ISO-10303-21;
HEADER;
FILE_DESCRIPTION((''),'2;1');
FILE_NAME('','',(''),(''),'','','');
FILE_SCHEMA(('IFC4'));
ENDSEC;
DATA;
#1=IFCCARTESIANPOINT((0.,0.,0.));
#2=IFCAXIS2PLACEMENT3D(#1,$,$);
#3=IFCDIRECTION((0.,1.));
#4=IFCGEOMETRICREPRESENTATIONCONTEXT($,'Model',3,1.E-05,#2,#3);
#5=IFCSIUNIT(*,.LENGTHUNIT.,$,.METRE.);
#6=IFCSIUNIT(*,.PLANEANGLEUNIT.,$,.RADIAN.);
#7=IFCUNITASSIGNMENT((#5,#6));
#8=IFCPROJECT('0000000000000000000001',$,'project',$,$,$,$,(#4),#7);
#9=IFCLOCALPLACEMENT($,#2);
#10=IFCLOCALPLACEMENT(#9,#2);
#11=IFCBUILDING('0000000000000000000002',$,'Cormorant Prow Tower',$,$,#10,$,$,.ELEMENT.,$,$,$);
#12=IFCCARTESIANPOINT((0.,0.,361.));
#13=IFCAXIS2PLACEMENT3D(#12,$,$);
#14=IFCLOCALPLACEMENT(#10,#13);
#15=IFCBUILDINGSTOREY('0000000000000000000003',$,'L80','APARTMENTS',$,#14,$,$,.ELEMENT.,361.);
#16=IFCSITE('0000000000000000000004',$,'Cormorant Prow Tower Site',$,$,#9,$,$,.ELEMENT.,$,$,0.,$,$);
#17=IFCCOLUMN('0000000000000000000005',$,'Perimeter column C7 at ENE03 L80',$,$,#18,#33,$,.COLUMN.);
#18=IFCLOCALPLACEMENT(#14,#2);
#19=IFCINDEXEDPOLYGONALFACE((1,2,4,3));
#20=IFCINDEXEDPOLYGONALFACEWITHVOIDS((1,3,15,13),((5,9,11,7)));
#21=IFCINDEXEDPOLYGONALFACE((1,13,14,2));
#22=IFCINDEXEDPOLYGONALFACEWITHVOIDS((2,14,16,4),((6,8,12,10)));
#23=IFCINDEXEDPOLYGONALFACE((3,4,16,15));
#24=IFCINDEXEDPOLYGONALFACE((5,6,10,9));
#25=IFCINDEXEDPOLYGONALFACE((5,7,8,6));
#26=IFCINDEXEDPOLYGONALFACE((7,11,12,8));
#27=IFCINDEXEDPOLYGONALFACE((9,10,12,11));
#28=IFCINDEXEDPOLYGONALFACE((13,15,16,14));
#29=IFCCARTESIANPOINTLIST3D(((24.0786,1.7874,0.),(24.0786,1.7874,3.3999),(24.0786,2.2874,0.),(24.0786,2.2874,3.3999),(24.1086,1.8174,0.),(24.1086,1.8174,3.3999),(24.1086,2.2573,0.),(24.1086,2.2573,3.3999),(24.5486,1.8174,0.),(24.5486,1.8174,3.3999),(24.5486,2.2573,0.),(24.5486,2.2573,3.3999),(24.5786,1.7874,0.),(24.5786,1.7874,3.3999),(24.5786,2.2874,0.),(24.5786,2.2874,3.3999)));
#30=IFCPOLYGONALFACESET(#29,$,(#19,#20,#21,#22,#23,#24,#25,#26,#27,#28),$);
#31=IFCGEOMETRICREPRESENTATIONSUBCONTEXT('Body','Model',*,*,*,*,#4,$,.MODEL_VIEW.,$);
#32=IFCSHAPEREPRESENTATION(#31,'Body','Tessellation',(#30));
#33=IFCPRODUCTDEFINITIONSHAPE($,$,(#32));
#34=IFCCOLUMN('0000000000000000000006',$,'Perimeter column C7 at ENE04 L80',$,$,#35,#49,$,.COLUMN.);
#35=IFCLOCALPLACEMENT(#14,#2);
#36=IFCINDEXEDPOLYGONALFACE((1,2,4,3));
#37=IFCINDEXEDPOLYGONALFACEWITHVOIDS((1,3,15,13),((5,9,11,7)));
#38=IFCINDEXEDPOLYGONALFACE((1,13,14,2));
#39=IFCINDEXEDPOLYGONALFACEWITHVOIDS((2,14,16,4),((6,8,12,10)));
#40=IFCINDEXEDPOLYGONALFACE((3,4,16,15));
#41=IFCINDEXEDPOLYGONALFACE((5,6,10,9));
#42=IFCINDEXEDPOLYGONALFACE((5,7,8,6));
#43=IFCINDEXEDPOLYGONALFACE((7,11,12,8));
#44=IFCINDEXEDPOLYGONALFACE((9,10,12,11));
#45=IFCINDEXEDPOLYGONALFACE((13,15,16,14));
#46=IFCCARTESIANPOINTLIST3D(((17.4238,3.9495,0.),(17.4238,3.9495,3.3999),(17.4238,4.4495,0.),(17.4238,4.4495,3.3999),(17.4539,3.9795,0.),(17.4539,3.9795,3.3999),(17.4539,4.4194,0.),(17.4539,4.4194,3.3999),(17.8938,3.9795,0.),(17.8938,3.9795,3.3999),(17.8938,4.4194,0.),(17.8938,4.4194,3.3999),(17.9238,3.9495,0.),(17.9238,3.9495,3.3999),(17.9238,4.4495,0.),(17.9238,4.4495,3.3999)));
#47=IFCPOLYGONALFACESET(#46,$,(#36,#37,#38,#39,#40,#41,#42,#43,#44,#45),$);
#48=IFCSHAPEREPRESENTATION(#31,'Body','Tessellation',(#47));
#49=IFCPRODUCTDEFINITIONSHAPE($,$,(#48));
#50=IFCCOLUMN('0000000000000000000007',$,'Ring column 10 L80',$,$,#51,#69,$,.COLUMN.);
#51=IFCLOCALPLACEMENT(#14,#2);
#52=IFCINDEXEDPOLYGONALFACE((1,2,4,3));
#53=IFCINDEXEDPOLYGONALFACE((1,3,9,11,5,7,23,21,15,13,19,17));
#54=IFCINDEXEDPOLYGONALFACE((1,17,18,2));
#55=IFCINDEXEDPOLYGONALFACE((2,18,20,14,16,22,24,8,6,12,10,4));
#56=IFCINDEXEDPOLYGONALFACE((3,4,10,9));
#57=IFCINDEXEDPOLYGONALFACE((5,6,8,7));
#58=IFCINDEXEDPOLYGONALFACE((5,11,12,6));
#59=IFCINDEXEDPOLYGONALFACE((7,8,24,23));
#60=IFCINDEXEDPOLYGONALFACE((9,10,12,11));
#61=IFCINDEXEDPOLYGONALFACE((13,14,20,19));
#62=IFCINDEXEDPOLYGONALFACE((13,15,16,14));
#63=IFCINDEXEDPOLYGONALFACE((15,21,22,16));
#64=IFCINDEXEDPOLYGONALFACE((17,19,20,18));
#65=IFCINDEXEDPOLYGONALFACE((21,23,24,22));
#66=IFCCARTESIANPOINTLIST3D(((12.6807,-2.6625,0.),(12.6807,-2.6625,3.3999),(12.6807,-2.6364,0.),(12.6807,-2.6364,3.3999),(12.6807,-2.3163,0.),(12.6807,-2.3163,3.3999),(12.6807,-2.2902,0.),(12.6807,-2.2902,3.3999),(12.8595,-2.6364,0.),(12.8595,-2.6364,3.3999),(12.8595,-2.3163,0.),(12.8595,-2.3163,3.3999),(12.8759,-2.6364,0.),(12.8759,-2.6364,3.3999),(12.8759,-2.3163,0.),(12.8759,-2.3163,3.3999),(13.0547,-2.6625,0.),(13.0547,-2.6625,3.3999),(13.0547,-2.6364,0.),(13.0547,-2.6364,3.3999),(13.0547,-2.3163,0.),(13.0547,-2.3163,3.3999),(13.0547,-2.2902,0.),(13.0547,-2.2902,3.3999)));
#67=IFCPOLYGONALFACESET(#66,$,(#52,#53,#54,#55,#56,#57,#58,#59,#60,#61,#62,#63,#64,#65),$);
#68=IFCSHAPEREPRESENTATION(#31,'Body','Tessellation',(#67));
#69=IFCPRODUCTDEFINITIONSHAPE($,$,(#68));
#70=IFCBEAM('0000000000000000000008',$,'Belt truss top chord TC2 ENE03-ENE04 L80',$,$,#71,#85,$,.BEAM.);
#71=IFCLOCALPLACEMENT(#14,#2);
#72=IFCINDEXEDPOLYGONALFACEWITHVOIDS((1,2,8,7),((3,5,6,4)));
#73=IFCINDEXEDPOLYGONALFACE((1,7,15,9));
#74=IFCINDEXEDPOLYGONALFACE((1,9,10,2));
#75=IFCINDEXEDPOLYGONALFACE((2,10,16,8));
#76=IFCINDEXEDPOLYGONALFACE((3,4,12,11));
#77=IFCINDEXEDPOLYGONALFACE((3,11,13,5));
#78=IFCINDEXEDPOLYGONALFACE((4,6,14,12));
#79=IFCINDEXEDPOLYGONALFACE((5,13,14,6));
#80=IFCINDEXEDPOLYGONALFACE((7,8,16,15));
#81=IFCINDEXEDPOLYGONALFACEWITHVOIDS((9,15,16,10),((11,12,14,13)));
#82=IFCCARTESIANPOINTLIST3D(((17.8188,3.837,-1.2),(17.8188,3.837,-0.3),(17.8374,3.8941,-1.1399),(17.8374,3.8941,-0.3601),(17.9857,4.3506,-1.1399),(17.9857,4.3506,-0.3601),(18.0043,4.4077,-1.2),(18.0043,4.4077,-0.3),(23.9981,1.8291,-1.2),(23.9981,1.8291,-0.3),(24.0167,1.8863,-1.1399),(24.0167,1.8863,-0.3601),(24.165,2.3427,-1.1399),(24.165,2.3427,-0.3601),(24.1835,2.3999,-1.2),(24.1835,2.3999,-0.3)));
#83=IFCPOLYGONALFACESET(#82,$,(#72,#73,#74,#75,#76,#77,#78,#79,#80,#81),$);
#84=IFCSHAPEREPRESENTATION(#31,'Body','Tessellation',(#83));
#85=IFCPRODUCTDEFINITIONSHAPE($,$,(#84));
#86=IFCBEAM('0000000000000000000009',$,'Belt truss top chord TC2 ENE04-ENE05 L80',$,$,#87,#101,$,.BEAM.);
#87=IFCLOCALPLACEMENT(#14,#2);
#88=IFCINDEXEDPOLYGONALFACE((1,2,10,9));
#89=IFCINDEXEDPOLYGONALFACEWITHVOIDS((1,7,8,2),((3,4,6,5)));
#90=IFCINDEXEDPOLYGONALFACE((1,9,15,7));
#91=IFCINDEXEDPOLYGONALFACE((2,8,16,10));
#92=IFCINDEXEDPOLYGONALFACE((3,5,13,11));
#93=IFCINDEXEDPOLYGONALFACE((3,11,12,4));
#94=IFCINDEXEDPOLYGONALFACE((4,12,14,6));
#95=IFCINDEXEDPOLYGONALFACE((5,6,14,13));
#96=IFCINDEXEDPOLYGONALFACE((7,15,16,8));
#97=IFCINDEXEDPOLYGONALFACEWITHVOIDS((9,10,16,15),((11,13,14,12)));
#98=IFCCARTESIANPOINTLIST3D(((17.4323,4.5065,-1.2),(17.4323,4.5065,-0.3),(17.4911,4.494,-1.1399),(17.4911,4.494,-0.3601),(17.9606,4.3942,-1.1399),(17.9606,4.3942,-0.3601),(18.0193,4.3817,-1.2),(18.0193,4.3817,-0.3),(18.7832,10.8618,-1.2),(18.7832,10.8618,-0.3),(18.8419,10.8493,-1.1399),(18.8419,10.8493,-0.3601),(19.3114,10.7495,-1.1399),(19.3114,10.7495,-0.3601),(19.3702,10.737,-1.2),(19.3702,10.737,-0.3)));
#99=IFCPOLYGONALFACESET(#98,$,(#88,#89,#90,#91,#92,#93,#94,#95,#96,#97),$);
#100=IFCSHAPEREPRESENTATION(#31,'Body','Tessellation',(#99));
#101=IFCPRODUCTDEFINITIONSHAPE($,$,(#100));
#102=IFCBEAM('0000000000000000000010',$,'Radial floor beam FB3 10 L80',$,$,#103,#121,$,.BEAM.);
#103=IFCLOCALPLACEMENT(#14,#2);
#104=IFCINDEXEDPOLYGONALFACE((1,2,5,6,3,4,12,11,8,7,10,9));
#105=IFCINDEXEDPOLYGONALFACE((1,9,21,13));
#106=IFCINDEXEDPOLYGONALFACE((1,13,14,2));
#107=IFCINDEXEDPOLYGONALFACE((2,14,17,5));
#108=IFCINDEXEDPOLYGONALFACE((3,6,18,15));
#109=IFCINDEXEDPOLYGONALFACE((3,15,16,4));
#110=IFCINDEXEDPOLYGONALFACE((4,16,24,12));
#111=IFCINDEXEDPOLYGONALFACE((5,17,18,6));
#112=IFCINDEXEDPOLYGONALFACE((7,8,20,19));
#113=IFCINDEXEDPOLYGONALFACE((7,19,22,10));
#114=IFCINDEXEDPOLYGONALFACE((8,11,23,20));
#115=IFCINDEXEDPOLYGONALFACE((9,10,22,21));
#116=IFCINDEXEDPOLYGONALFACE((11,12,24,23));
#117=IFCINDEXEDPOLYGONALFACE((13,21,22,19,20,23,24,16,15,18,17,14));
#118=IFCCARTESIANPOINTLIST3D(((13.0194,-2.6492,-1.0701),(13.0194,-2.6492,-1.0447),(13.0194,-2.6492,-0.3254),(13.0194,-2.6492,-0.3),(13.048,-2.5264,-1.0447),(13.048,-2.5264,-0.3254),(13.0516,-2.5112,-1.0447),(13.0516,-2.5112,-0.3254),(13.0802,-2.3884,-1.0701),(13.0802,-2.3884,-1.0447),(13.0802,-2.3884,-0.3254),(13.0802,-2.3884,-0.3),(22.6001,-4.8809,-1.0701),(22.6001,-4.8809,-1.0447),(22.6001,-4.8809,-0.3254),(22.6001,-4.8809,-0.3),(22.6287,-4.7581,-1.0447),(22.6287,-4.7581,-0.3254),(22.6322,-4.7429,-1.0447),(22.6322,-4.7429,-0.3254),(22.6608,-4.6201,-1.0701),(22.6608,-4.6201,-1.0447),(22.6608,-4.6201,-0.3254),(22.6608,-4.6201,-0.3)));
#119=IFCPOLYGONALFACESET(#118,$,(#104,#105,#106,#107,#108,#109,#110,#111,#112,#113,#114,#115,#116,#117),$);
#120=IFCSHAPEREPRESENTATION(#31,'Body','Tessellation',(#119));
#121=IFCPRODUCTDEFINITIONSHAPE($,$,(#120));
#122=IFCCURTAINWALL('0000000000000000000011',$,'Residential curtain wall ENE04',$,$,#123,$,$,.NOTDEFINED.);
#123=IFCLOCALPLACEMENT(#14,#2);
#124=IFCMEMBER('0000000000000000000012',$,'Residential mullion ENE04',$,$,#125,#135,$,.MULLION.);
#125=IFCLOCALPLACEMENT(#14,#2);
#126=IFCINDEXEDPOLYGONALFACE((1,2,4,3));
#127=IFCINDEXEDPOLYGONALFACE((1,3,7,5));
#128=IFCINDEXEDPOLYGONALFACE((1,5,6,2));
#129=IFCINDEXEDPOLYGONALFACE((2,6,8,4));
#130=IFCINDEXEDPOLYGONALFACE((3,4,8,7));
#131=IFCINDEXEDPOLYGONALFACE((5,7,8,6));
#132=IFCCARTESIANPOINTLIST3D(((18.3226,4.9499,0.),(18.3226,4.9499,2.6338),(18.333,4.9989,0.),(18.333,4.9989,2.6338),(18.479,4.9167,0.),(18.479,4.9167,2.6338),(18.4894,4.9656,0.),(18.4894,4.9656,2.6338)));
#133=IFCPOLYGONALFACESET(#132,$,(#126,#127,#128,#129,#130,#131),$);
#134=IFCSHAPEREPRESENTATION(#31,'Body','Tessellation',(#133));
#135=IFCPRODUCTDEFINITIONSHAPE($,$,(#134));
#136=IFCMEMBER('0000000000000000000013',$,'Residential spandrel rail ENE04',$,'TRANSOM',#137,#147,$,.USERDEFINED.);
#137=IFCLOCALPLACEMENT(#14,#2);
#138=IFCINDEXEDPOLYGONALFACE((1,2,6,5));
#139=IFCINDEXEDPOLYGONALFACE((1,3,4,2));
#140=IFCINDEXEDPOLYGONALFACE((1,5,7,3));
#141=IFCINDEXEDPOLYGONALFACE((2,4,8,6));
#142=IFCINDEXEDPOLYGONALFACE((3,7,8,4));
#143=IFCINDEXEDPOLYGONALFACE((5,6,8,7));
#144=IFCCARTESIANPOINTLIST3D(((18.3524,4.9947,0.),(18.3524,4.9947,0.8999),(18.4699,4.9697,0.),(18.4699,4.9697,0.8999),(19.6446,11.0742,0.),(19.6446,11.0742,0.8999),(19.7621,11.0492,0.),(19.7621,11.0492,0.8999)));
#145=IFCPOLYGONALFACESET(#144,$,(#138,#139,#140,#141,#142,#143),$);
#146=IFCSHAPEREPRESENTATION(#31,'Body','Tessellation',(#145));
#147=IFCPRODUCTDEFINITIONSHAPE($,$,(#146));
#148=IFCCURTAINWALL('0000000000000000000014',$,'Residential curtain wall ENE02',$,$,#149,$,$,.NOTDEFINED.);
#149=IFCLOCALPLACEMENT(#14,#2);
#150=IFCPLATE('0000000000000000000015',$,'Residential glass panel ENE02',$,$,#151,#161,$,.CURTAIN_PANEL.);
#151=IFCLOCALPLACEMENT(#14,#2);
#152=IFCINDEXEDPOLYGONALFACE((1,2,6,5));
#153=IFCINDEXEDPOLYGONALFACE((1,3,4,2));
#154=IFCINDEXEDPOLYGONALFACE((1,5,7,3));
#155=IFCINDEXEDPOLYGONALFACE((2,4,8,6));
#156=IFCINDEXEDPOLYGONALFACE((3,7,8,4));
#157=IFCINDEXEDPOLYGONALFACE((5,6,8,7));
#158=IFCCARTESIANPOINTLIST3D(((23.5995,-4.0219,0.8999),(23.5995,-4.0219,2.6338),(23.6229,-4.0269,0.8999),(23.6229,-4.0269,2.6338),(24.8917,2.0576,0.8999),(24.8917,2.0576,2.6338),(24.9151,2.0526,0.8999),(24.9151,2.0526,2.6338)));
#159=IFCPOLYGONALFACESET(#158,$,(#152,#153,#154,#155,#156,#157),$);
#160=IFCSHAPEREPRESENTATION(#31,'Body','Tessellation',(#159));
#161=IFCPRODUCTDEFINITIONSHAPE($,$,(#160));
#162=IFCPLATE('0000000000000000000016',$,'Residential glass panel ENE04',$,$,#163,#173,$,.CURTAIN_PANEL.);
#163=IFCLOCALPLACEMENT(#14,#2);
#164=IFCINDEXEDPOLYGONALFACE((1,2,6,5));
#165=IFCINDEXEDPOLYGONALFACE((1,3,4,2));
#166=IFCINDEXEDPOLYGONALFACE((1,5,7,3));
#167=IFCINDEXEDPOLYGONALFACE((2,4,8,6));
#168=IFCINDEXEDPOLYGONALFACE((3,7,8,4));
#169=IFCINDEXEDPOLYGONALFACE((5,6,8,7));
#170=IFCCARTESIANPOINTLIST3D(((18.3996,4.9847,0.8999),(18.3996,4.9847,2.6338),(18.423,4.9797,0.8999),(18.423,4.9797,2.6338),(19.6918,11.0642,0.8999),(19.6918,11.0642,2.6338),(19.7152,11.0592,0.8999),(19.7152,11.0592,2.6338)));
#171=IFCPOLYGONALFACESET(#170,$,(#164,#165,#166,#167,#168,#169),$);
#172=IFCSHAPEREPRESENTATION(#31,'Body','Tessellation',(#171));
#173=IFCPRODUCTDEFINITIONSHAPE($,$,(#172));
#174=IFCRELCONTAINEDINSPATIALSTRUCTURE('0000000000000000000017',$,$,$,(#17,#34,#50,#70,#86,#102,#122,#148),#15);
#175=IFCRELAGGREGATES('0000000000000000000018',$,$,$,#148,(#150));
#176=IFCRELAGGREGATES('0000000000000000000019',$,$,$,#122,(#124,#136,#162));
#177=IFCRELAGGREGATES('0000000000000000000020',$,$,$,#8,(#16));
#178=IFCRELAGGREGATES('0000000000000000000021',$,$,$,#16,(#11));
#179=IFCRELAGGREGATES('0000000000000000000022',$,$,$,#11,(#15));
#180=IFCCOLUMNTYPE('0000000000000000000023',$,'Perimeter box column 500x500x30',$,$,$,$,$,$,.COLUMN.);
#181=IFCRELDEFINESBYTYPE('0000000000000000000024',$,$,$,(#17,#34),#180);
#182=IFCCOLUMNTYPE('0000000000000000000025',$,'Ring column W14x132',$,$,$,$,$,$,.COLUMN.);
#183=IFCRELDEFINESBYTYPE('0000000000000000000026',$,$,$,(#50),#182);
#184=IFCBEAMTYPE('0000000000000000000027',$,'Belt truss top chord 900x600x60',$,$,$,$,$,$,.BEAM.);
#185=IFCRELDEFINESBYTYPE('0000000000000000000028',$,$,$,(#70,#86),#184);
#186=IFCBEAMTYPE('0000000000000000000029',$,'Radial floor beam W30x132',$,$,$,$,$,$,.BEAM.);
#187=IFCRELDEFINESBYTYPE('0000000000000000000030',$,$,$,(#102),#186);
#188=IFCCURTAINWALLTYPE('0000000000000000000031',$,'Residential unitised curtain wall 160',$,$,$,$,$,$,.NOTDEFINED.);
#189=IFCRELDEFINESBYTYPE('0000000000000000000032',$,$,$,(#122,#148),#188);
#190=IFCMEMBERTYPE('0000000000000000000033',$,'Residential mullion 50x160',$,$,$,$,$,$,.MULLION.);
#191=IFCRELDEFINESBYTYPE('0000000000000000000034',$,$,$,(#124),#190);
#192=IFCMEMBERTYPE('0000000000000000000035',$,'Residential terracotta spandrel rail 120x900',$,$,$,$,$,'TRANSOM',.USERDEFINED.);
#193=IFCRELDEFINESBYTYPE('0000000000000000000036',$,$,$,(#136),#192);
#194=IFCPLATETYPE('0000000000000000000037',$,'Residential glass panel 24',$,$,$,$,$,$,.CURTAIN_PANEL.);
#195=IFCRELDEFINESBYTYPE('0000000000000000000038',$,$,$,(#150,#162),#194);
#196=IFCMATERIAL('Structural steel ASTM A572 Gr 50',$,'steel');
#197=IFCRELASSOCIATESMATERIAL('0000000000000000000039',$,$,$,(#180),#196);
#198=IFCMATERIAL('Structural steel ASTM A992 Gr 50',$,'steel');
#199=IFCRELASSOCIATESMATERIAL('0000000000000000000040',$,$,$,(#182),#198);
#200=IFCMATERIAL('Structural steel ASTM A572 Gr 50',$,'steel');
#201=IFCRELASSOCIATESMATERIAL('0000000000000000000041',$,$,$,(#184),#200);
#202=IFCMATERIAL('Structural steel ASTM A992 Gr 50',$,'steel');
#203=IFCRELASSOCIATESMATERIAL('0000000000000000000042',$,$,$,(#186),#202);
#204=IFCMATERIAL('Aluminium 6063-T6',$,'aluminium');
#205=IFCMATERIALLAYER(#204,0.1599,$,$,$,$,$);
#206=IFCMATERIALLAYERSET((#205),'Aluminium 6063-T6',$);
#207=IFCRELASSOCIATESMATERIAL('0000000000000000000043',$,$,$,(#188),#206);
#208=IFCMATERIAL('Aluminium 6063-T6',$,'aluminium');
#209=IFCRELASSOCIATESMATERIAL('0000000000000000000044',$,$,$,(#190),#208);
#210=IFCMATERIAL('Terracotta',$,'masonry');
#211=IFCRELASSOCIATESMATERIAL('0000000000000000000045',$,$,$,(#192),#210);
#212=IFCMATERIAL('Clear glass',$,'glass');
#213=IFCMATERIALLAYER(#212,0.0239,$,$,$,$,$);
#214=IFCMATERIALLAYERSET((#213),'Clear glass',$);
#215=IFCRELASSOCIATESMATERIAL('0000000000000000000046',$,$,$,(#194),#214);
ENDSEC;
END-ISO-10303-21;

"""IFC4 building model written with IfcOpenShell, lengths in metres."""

from ifc_helpers import new_model, si_unit, direction, frame, origin, origin_2d, place, context, subcontext, project, spatial, rectangle, hollow_rectangle, i_section, extrude, material, layer, layer_set, material_profile, profile_set, type_object, element, aggregate, save


model = new_model("IFC4")

# Units and contexts
model_context = context("Model", 3, precision=1e-05, world=origin(), true_north=direction((0.0, 1.0)))
body_context = subcontext(model_context, "Body", "Model", "MODEL_VIEW")
ifc_project = project(units=[si_unit("LENGTHUNIT", "METRE"), si_unit("PLANEANGLEUNIT", "RADIAN")], contexts=[model_context])

# Site, building, storey
site_placement = place(None, origin())
site = spatial("IfcSite", under=ifc_project, at=site_placement, Name="Cormorant Prow Tower Site", CompositionType="ELEMENT", RefElevation=0.0)
building_placement = place(site_placement, origin())
building = spatial("IfcBuilding", under=site, at=building_placement, Name="Cormorant Prow Tower", CompositionType="ELEMENT")
storey_placement = place(building_placement, frame((0.0, 0.0, 361.0)))
storey = spatial("IfcBuildingStorey", under=building, at=storey_placement, Name="L80", Description="APARTMENTS", CompositionType="ELEMENT", Elevation=361.0)

# Columns
ifc_material_1 = material(Name="Structural steel ASTM A572 Gr 50", Category="steel")
ifc_material_profile_1 = material_profile(ifc_material_1, hollow_rectangle(XDim=0.5, YDim=0.5, WallThickness=0.03, at=origin_2d()), Name="Box 500x500x30")
ifc_profile_set_1 = profile_set([ifc_material_profile_1], Name="Structural steel ASTM A572 Gr 50")
column_type_1 = type_object("IfcColumnType", Name="Perimeter box column 500x500x30", PredefinedType="COLUMN", material=ifc_profile_set_1)
for number, where, z_axis, x_axis, name in (
    (1, (24.3286, 2.0374, 0.0), (0.0, 0.0, 1.0), (1.0, 0.0, 0.0), "Perimeter column C7 at ENE03 L80"),
    (2, (17.6738, 4.1995, 0.0), (0.0, 0.0, 1.0), (1.0, 0.0, 0.0), "Perimeter column C7 at ENE04 L80"),
):
    element("IfcColumn", number, at=place(storey_placement, frame(where, z_axis=z_axis, x_axis=x_axis)), inside=storey, type_object=column_type_1, Name=name, PredefinedType="COLUMN", context=body_context, shape_type="SweptSolid", body=[
        extrude(hollow_rectangle(XDim=0.5, YDim=0.5, WallThickness=0.03, at=origin_2d()), origin(), (0.0, 0.0, 1.0), 3.3999),
    ])
ifc_material_2 = material(Name="Structural steel ASTM A992 Gr 50", Category="steel")
ifc_material_profile_2 = material_profile(ifc_material_2, i_section(OverallWidth=0.374, OverallDepth=0.3723, WebThickness=0.0164, FlangeThickness=0.0261, at=origin_2d()), Name="W14x132")
ifc_profile_set_2 = profile_set([ifc_material_profile_2], Name="Structural steel ASTM A992 Gr 50")
column_type_2 = type_object("IfcColumnType", Name="Ring column W14x132", PredefinedType="COLUMN", material=ifc_profile_set_2)
column_placement = place(storey_placement, frame((12.8677, -2.4763, 0.0), z_axis=(0.0, 0.0, 1.0), x_axis=(1.0, 0.0, 0.0)))
element("IfcColumn", 3, at=column_placement, inside=storey, type_object=column_type_2, Name="Ring column 10 L80", PredefinedType="COLUMN", context=body_context, shape_type="SweptSolid", body=[
    extrude(i_section(OverallWidth=0.374, OverallDepth=0.3723, WebThickness=0.0164, FlangeThickness=0.0261, at=origin_2d()), origin(), (0.0, 0.0, 1.0), 3.3999),
])

# Beams
ifc_material_3 = material(Name="Structural steel ASTM A572 Gr 50", Category="steel")
ifc_material_profile_3 = material_profile(ifc_material_3, hollow_rectangle(XDim=0.6001, YDim=0.8999, WallThickness=0.0601, at=origin_2d()), Name="Box 900x600x60")
ifc_profile_set_3 = profile_set([ifc_material_profile_3], Name="Structural steel ASTM A572 Gr 50")
beam_type_1 = type_object("IfcBeamType", Name="Belt truss top chord 900x600x60", PredefinedType="BEAM", material=ifc_profile_set_3)
for number, where, z_axis, x_axis, name in (
    (4, (24.0908, 2.1145, -0.75), (-0.951053, 0.309027, 0.0), (-0.309027, -0.951053, 0.0), "Belt truss top chord TC2 ENE03-ENE04 L80"),
    (5, (17.7258, 4.4441, -0.75), (0.20791, 0.978148, 0.0), (-0.978148, 0.20791, 0.0), "Belt truss top chord TC2 ENE04-ENE05 L80"),
):
    element("IfcBeam", number, at=place(storey_placement, frame(where, z_axis=z_axis, x_axis=x_axis)), inside=storey, type_object=beam_type_1, Name=name, PredefinedType="BEAM", context=body_context, shape_type="SweptSolid", body=[
        extrude(hollow_rectangle(XDim=0.6001, YDim=0.8999, WallThickness=0.0601, at=origin_2d()), origin(), (0.0, 0.0, 1.0), 6.4973),
    ])
ifc_material_4 = material(Name="Structural steel ASTM A992 Gr 50", Category="steel")
ifc_material_profile_4 = material_profile(ifc_material_4, i_section(OverallWidth=0.2678, OverallDepth=0.77, WebThickness=0.0156, FlangeThickness=0.0254, at=origin_2d()), Name="W30x132")
ifc_profile_set_4 = profile_set([ifc_material_profile_4], Name="Structural steel ASTM A992 Gr 50")
beam_type_2 = type_object("IfcBeamType", Name="Radial floor beam W30x132", PredefinedType="BEAM", material=ifc_profile_set_4)
beam_placement = place(storey_placement, frame((13.0498, -2.5188, -0.6851), z_axis=(0.973926, -0.226866, 0.0), x_axis=(0.226866, 0.973926, 0.0)))
element("IfcBeam", 6, at=beam_placement, inside=storey, type_object=beam_type_2, Name="Radial floor beam FB3 10 L80", PredefinedType="BEAM", context=body_context, shape_type="SweptSolid", body=[
    extrude(i_section(OverallWidth=0.2678, OverallDepth=0.77, WebThickness=0.0156, FlangeThickness=0.0254, at=origin_2d()), origin(), (0.0, 0.0, 1.0), 9.8372),
])

# Curtain wall, members
ifc_material_5 = material(Name="Aluminium 6063-T6", Category="aluminium")
ifc_layer_1 = layer(ifc_material_5, 0.1599)
ifc_layer_set_1 = layer_set([ifc_layer_1], Name="Aluminium 6063-T6")
curtain_wall_type = type_object("IfcCurtainWallType", Name="Residential unitised curtain wall 160", PredefinedType="NOTDEFINED", material=ifc_layer_set_1)
curtain_wall_1_placement = place(storey_placement, origin())
curtain_wall_1 = element("IfcCurtainWall", 7, at=curtain_wall_1_placement, inside=storey, type_object=curtain_wall_type, Name="Residential curtain wall ENE04", PredefinedType="NOTDEFINED")
ifc_material_6 = material(Name="Aluminium 6063-T6", Category="aluminium")
ifc_material_profile_5 = material_profile(ifc_material_6, rectangle(XDim=0.1599, YDim=0.05, at=origin_2d()), Name="Residential mullion 50x160")
ifc_profile_set_5 = profile_set([ifc_material_profile_5], Name="Aluminium 6063-T6")
member_type_1 = type_object("IfcMemberType", Name="Residential mullion 50x160", PredefinedType="MULLION", material=ifc_profile_set_5)
member_1_placement = place(storey_placement, frame((18.406, 4.9578, 0.0), z_axis=(0.0, 0.0, 1.0), x_axis=(-0.978148, 0.207912, 0.0)))
member_1 = element("IfcMember", 8, at=member_1_placement, type_object=member_type_1, Name="Residential mullion ENE04", PredefinedType="MULLION", context=body_context, shape_type="SweptSolid", body=[
    extrude(rectangle(XDim=0.1599, YDim=0.05, at=origin_2d()), origin(), (0.0, 0.0, 1.0), 2.6338),
])
ifc_material_7 = material(Name="Terracotta", Category="masonry")
ifc_material_profile_6 = material_profile(ifc_material_7, rectangle(XDim=0.1201, YDim=0.8999, at=origin_2d()), Name="Residential terracotta spandrel rail 120x900")
ifc_profile_set_6 = profile_set([ifc_material_profile_6], Name="Terracotta")
member_type_2 = type_object("IfcMemberType", Name="Residential terracotta spandrel rail 120x900", ElementType="TRANSOM", PredefinedType="USERDEFINED", material=ifc_profile_set_6)
member_2_placement = place(storey_placement, frame((18.4111, 4.9822, 0.45), z_axis=(0.207909, 0.978148, 0.0), x_axis=(-0.978148, 0.207909, 0.0)))
member_2 = element("IfcMember", 9, at=member_2_placement, type_object=member_type_2, Name="Residential spandrel rail ENE04", ObjectType="TRANSOM", PredefinedType="USERDEFINED", context=body_context, shape_type="SweptSolid", body=[
    extrude(rectangle(XDim=0.1201, YDim=0.8999, at=origin_2d()), origin(), (0.0, 0.0, 1.0), 6.2153),
])

# Curtain wall, plate
curtain_wall_2_placement = place(storey_placement, origin())
curtain_wall_2 = element("IfcCurtainWall", 10, at=curtain_wall_2_placement, inside=storey, type_object=curtain_wall_type, Name="Residential curtain wall ENE02", PredefinedType="NOTDEFINED")
ifc_material_8 = material(Name="Clear glass", Category="glass")
ifc_layer_2 = layer(ifc_material_8, 0.0239)
ifc_layer_set_2 = layer_set([ifc_layer_2], Name="Clear glass")
plate_type = type_object("IfcPlateType", Name="Residential glass panel 24", PredefinedType="CURTAIN_PANEL", material=ifc_layer_set_2)
plate_1_placement = place(storey_placement, frame((24.2573, -0.9846, 0.8999), z_axis=(0.0, 0.0, 1.0), x_axis=(0.207912, 0.978148, 0.0)))
plate_1 = element("IfcPlate", 11, at=plate_1_placement, type_object=plate_type, Name="Residential glass panel ENE02", PredefinedType="CURTAIN_PANEL", context=body_context, shape_type="SweptSolid", body=[
    extrude(rectangle(XDim=6.2153, YDim=0.0239, at=origin_2d()), origin(), (0.0, 0.0, 1.0), 1.7339),
])
aggregate(curtain_wall_2, [plate_1])

# Plate
plate_2_placement = place(storey_placement, frame((19.0574, 8.022, 0.8999), z_axis=(0.0, 0.0, 1.0), x_axis=(0.207912, 0.978148, 0.0)))
plate_2 = element("IfcPlate", 12, at=plate_2_placement, type_object=plate_type, Name="Residential glass panel ENE04", PredefinedType="CURTAIN_PANEL", context=body_context, shape_type="SweptSolid", body=[
    extrude(rectangle(XDim=6.2153, YDim=0.0239, at=origin_2d()), origin(), (0.0, 0.0, 1.0), 1.7339),
])
aggregate(curtain_wall_1, [member_1, member_2, plate_2])

save(model, "model.ifc")
